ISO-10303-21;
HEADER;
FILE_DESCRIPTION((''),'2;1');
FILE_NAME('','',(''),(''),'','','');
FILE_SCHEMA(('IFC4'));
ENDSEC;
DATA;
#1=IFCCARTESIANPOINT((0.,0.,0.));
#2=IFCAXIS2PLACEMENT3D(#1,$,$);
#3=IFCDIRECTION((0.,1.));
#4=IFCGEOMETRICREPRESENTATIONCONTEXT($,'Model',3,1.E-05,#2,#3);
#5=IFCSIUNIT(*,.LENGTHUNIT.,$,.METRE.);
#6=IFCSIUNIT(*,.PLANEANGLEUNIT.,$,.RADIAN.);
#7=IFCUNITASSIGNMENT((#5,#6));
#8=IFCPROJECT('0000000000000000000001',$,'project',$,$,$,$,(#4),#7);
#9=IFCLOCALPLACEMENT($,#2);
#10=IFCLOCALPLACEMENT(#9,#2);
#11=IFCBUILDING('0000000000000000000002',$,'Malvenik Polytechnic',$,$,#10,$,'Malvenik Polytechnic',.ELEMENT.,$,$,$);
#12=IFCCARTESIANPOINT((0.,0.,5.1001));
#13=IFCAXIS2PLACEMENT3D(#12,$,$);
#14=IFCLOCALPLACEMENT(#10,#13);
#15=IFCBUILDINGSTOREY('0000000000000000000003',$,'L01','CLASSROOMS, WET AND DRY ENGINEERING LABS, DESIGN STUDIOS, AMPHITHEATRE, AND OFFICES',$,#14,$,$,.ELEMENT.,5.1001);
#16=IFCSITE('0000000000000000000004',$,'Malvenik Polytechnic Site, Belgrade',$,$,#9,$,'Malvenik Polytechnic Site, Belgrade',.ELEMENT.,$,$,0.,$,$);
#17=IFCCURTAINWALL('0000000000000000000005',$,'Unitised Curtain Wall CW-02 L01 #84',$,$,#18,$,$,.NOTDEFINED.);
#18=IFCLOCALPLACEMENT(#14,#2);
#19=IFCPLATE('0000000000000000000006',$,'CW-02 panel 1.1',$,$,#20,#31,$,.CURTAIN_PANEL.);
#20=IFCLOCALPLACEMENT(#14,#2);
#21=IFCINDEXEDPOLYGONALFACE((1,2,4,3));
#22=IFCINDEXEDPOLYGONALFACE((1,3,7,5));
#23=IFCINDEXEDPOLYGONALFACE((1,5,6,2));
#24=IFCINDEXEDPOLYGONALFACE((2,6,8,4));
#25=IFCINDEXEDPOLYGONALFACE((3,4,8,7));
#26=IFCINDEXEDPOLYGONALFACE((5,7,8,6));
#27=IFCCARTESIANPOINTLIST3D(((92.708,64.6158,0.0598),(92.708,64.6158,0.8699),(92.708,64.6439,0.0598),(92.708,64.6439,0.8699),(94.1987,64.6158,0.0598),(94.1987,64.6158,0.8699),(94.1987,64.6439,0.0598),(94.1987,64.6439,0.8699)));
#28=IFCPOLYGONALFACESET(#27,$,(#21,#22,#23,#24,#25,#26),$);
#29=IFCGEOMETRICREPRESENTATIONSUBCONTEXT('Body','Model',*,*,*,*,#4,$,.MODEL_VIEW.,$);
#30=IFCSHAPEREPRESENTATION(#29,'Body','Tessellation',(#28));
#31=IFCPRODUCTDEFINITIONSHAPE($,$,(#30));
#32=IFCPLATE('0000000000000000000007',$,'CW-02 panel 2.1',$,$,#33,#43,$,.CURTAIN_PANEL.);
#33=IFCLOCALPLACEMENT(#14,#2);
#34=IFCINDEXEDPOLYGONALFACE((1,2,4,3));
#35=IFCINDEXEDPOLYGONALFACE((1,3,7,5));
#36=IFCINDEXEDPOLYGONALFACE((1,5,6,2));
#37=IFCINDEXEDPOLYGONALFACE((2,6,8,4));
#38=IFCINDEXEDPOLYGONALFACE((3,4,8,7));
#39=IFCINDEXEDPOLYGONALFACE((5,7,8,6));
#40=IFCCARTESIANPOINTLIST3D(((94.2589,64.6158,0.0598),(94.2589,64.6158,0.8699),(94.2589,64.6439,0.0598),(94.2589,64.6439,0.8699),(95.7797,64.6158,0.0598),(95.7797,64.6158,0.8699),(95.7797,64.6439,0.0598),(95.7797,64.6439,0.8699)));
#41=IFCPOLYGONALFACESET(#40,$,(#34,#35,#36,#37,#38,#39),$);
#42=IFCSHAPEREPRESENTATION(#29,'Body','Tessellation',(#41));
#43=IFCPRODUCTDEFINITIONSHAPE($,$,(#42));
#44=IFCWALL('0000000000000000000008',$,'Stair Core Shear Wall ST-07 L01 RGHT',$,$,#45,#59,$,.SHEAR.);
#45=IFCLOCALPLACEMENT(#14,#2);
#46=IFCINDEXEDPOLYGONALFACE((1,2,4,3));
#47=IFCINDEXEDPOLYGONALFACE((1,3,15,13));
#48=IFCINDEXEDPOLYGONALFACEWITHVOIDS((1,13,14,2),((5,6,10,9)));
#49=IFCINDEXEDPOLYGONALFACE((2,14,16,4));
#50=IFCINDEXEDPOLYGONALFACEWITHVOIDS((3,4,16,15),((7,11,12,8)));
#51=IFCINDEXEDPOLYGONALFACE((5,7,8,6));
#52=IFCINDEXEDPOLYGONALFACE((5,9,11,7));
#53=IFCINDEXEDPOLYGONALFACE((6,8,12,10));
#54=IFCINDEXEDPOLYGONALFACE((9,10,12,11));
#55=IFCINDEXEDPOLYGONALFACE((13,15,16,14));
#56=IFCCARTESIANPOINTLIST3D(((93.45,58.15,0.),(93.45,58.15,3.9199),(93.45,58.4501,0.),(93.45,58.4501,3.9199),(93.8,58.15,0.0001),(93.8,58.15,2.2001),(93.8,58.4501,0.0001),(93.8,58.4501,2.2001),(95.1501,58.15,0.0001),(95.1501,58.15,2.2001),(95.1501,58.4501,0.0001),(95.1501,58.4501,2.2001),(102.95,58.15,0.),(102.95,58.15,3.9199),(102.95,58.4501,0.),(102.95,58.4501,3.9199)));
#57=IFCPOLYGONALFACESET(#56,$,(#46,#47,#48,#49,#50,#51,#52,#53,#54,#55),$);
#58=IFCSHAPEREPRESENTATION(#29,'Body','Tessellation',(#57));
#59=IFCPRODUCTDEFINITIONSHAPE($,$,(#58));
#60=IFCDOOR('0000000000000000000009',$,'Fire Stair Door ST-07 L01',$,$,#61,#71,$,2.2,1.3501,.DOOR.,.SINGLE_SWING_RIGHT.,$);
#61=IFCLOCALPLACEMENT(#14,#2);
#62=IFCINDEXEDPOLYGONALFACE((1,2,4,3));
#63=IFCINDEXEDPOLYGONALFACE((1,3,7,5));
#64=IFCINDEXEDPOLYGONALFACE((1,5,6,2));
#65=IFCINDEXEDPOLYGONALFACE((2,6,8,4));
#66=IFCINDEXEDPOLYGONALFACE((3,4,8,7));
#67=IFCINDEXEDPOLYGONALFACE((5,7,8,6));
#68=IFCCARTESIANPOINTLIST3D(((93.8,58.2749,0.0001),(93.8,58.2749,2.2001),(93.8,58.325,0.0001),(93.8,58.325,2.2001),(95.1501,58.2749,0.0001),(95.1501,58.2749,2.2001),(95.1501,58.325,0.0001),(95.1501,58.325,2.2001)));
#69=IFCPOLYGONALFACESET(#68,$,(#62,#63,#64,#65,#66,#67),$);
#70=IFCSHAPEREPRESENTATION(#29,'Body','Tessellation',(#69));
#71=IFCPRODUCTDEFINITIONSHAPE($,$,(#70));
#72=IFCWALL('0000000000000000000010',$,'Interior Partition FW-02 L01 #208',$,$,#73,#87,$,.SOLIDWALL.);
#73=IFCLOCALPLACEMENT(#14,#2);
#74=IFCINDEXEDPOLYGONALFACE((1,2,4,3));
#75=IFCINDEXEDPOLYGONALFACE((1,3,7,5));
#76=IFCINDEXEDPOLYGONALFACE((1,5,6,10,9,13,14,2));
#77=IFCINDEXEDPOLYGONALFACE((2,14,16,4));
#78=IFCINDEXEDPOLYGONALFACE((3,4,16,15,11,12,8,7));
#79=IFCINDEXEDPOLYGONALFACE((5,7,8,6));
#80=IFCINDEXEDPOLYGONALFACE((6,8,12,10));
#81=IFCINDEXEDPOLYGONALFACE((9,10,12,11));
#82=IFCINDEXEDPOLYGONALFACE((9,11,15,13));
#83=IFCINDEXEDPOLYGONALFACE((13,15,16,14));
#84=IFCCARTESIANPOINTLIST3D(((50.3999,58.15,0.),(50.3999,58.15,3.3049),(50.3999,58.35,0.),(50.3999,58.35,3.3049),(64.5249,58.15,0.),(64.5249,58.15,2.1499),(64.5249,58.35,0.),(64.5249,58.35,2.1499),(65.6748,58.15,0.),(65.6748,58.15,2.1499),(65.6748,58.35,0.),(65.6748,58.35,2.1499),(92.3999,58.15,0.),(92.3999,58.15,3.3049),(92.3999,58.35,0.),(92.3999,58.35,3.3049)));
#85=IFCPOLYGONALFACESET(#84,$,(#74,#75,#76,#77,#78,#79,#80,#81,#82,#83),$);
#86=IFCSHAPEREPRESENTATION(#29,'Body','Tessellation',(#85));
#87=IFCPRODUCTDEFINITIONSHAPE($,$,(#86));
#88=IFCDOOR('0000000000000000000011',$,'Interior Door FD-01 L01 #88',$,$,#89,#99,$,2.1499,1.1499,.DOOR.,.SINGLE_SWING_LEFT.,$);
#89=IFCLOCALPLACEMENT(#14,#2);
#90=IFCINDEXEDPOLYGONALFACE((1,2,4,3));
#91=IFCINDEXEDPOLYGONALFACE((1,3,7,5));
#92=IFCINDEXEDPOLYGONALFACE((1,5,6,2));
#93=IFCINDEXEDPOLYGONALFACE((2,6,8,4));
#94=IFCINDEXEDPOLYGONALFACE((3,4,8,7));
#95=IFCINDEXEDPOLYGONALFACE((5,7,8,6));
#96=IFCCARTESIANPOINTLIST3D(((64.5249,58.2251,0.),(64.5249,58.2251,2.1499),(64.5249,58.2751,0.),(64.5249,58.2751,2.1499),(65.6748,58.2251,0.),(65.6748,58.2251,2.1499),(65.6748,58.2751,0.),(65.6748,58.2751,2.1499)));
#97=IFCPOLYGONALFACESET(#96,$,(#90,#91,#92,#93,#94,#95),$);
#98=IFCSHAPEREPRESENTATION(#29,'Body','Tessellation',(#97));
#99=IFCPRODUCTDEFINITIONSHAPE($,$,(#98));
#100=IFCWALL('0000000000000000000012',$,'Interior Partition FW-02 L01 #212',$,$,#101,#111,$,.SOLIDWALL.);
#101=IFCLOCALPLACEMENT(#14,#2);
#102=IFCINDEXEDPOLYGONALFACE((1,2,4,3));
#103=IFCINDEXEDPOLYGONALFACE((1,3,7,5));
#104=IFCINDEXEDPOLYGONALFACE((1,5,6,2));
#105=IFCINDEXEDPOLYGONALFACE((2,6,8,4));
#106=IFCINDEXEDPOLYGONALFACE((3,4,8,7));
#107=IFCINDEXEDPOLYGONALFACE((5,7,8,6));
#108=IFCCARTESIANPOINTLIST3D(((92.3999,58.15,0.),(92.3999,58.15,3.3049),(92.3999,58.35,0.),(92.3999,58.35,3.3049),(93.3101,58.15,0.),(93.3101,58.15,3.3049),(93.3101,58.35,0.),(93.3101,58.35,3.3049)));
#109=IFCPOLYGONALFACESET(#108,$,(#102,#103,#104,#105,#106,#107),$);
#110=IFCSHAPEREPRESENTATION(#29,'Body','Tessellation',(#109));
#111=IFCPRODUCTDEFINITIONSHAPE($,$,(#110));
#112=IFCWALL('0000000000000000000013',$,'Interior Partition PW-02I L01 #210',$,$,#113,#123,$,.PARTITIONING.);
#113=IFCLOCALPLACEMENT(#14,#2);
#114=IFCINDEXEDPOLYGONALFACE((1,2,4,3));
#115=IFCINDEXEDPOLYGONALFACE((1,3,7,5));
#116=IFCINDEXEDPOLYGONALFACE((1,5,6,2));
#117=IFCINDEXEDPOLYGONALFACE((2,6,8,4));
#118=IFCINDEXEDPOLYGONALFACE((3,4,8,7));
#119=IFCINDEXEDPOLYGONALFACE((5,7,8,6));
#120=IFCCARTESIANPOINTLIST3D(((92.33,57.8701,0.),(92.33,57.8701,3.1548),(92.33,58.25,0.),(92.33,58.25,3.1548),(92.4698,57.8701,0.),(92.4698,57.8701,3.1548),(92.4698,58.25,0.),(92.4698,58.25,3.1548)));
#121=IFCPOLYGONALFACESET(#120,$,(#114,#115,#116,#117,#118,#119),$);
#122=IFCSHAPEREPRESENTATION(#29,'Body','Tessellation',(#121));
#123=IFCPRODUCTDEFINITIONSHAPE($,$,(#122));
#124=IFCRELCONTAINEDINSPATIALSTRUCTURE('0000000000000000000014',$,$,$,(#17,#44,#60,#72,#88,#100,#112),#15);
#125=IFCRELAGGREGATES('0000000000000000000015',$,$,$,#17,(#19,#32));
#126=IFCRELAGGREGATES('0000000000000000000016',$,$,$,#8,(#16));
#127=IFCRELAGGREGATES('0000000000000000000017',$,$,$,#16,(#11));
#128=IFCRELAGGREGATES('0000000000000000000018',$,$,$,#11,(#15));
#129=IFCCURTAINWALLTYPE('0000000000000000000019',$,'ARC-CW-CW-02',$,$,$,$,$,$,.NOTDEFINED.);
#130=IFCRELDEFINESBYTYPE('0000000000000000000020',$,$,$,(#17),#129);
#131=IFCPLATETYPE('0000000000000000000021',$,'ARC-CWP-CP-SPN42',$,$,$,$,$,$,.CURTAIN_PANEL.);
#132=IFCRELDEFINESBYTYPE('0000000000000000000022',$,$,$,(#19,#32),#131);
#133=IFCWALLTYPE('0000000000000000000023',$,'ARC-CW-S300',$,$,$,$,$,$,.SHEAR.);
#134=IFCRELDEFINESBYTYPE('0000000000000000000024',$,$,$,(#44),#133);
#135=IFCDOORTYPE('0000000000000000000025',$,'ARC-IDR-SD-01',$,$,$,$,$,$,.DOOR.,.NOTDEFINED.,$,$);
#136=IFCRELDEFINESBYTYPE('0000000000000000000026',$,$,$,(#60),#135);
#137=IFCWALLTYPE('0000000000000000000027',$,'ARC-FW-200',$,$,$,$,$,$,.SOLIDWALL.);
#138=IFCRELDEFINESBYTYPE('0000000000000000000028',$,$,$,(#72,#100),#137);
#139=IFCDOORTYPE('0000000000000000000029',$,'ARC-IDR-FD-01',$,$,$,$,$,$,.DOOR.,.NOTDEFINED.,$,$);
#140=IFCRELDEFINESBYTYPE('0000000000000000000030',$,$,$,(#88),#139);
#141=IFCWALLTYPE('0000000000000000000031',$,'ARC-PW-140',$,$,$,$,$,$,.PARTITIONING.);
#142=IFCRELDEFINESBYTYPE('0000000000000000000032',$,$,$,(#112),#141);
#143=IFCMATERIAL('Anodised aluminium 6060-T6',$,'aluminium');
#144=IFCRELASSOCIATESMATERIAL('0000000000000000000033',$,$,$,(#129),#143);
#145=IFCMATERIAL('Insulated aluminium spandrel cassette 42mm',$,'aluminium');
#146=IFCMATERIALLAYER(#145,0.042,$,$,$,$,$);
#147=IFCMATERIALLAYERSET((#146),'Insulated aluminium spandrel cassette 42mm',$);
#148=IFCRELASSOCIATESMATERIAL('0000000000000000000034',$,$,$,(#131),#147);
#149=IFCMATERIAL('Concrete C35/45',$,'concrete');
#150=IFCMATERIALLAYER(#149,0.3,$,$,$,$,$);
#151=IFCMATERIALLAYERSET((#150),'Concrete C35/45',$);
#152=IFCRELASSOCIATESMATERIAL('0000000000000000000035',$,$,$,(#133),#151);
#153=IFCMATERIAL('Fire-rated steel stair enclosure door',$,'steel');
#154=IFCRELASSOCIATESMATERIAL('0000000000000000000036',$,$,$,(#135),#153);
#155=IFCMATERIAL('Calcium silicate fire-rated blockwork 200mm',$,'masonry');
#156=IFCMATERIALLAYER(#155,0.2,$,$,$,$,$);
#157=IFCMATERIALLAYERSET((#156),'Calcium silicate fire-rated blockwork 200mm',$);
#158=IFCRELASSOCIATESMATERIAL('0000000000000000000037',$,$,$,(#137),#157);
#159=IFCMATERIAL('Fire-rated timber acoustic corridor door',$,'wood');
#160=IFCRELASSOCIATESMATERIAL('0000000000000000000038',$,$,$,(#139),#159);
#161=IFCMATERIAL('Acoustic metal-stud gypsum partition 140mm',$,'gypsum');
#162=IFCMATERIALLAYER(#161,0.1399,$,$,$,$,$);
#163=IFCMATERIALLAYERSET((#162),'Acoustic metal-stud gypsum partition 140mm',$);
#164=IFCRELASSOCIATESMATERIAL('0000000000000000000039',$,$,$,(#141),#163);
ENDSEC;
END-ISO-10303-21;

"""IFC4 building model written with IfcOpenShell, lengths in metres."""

from ifc_helpers import new_model, si_unit, direction, frame, frame_2d, origin, origin_2d, place, context, subcontext, project, spatial, rectangle, extrude, material, layer, layer_set, type_object, element, fill, aggregate, save


model = new_model("IFC4")

# Units and contexts
model_context = context("Model", 3, precision=1e-05, world=origin(), true_north=direction((0.0, 1.0)))
body_context = subcontext(model_context, "Body", "Model", "MODEL_VIEW")
ifc_project = project(units=[si_unit("LENGTHUNIT", "METRE"), si_unit("PLANEANGLEUNIT", "RADIAN")], contexts=[model_context])

# Site, building, storey
site_placement = place(None, origin())
site = spatial("IfcSite", under=ifc_project, at=site_placement, Name="Malvenik Polytechnic Site, Belgrade", LongName="Malvenik Polytechnic Site, Belgrade", CompositionType="ELEMENT", RefElevation=0.0)
building_placement = place(site_placement, origin())
building = spatial("IfcBuilding", under=site, at=building_placement, Name="Malvenik Polytechnic", LongName="Malvenik Polytechnic", CompositionType="ELEMENT")
storey_placement = place(building_placement, frame((0.0, 0.0, 5.1001)))
storey = spatial("IfcBuildingStorey", under=building, at=storey_placement, Name="L01", Description="CLASSROOMS, WET AND DRY ENGINEERING LABS, DESIGN STUDIOS, AMPHITHEATRE, AND OFFICES", CompositionType="ELEMENT", Elevation=5.1001)

# Shared definitions
ifc_material_1 = material(Name="Concrete C35/45", Category="concrete")

# Curtain wall
ifc_material_2 = material(Name="Anodised aluminium 6060-T6", Category="aluminium")
curtain_wall_type = type_object("IfcCurtainWallType", Name="ARC-CW-CW-02", PredefinedType="NOTDEFINED", material=ifc_material_2)
curtain_wall_placement = place(storey_placement, origin())
curtain_wall = element("IfcCurtainWall", 1, at=curtain_wall_placement, inside=storey, type_object=curtain_wall_type, Name="Unitised Curtain Wall CW-02 L01 #84", PredefinedType="NOTDEFINED")

# Plates
ifc_material_3 = material(Name="Insulated aluminium spandrel cassette 42mm", Category="aluminium")
ifc_layer_1 = layer(ifc_material_3, 0.042)
ifc_layer_set_1 = layer_set([ifc_layer_1], Name="Insulated aluminium spandrel cassette 42mm")
plate_type_1 = type_object("IfcPlateType", Name="ARC-CWP-CP-SPN42", PredefinedType="CURTAIN_PANEL", material=ifc_layer_set_1)
plate_1_placement = place(storey_placement, frame((93.4534, 64.6299, 0.0598), z_axis=(0.0, 0.0, 1.0), x_axis=(1.0, 0.0, 0.0)))
plate_1 = element("IfcPlate", 2, at=plate_1_placement, type_object=plate_type_1, Name="CW-02 panel 1.1", PredefinedType="CURTAIN_PANEL", context=body_context, shape_type="SweptSolid", body=[
    extrude(rectangle(XDim=1.4907, YDim=0.0281, at=origin_2d()), origin(), (0.0, 0.0, 1.0), 0.8101),
])
plate_2_placement = place(storey_placement, frame((95.0193, 64.6299, 0.0598), z_axis=(0.0, 0.0, 1.0), x_axis=(1.0, 0.0, 0.0)))
plate_2 = element("IfcPlate", 3, at=plate_2_placement, type_object=plate_type_1, Name="CW-02 panel 2.1", PredefinedType="CURTAIN_PANEL", context=body_context, shape_type="SweptSolid", body=[
    extrude(rectangle(XDim=1.5208, YDim=0.0281, at=origin_2d()), origin(), (0.0, 0.0, 1.0), 0.8101),
])
aggregate(curtain_wall, [plate_1, plate_2])

# Walls, openings, doors
ifc_layer_2 = layer(ifc_material_1, 0.3)
ifc_layer_set_2 = layer_set([ifc_layer_2], Name="Concrete C35/45")
wall_type_1 = type_object("IfcWallType", Name="ARC-CW-S300", PredefinedType="SHEAR", material=ifc_layer_set_2)
wall_1_placement = place(storey_placement, frame((93.45, 58.3, 0.0), z_axis=(0.0, 0.0, 1.0), x_axis=(1.0, 0.0, 0.0)))
wall_1 = element("IfcWall", 4, at=wall_1_placement, inside=storey, type_object=wall_type_1, Name="Stair Core Shear Wall ST-07 L01 RGHT", PredefinedType="SHEAR", context=body_context, shape_type="SweptSolid", body=[
    extrude(rectangle(XDim=9.5, YDim=0.3, at=frame_2d((4.75, 0.0))), origin(), (0.0, 0.0, 1.0), 3.9199),
])
opening_1_placement = place(wall_1_placement, frame((0.3501, 0.0, 0.0)))
opening_1 = element("IfcOpeningElement", 5, at=opening_1_placement, cuts=wall_1, PredefinedType="OPENING", context=body_context, shape_type="SweptSolid", body=[
    extrude(rectangle(XDim=1.3501, YDim=2.2, at=frame_2d((0.675, 1.1001))), frame((0.0, 0.1602, 0.0), z_axis=(0.0, -1.0, 0.0), x_axis=(1.0, 0.0, 0.0)), (0.0, 0.0, 1.0), 0.3201),
])
ifc_material_4 = material(Name="Fire-rated steel stair enclosure door", Category="steel")
door_type_1 = type_object("IfcDoorType", Name="ARC-IDR-SD-01", OperationType="NOTDEFINED", PredefinedType="DOOR", material=ifc_material_4)
door_1_placement = place(opening_1_placement, origin())
door_1 = element("IfcDoor", 6, at=door_1_placement, inside=storey, type_object=door_type_1, Name="Fire Stair Door ST-07 L01", OperationType="SINGLE_SWING_RIGHT", OverallHeight=2.2, OverallWidth=1.3501, PredefinedType="DOOR", context=body_context, shape_type="SweptSolid", body=[
    extrude(rectangle(XDim=1.3501, YDim=2.2, at=frame_2d((0.675, 1.1001))), frame((0.0, 0.0249, 0.0), z_axis=(0.0, -1.0, 0.0), x_axis=(1.0, 0.0, 0.0)), (0.0, 0.0, 1.0), 0.05),
])
fill(opening_1, door_1)
ifc_material_5 = material(Name="Calcium silicate fire-rated blockwork 200mm", Category="masonry")
ifc_layer_3 = layer(ifc_material_5, 0.2)
ifc_layer_set_3 = layer_set([ifc_layer_3], Name="Calcium silicate fire-rated blockwork 200mm")
wall_type_2 = type_object("IfcWallType", Name="ARC-FW-200", PredefinedType="SOLIDWALL", material=ifc_layer_set_3)
wall_2_placement = place(storey_placement, frame((92.3999, 58.25, 0.0), z_axis=(0.0, 0.0, 1.0), x_axis=(-1.0, 0.0, 0.0)))
wall_2 = element("IfcWall", 7, at=wall_2_placement, inside=storey, type_object=wall_type_2, Name="Interior Partition FW-02 L01 #208", PredefinedType="SOLIDWALL", context=body_context, shape_type="SweptSolid", body=[
    extrude(rectangle(XDim=42.0, YDim=0.2, at=frame_2d((21.0, 0.0))), origin(), (0.0, 0.0, 1.0), 3.3049),
])
opening_2_placement = place(wall_2_placement, frame((26.7251, 0.0, 0.0)))
opening_2 = element("IfcOpeningElement", 8, at=opening_2_placement, cuts=wall_2, PredefinedType="OPENING", context=body_context, shape_type="SweptSolid", body=[
    extrude(rectangle(XDim=1.1499, YDim=2.1499, at=frame_2d((0.575, 1.075))), frame((0.0, 0.1099, 0.0), z_axis=(0.0, -1.0, 0.0), x_axis=(1.0, 0.0, 0.0)), (0.0, 0.0, 1.0), 0.22),
])
ifc_material_6 = material(Name="Fire-rated timber acoustic corridor door", Category="wood")
door_type_2 = type_object("IfcDoorType", Name="ARC-IDR-FD-01", OperationType="NOTDEFINED", PredefinedType="DOOR", material=ifc_material_6)
door_2_placement = place(opening_2_placement, origin())
door_2 = element("IfcDoor", 9, at=door_2_placement, inside=storey, type_object=door_type_2, Name="Interior Door FD-01 L01 #88", OperationType="SINGLE_SWING_LEFT", OverallHeight=2.1499, OverallWidth=1.1499, PredefinedType="DOOR", context=body_context, shape_type="SweptSolid", body=[
    extrude(rectangle(XDim=1.1499, YDim=2.1499, at=frame_2d((0.575, 1.075))), frame((0.0, 0.0249, 0.0), z_axis=(0.0, -1.0, 0.0), x_axis=(1.0, 0.0, 0.0)), (0.0, 0.0, 1.0), 0.05),
])
fill(opening_2, door_2)

# Walls
wall_3_placement = place(storey_placement, frame((93.3101, 58.25, 0.0), z_axis=(0.0, 0.0, 1.0), x_axis=(-1.0, 0.0, 0.0)))
element("IfcWall", 10, at=wall_3_placement, inside=storey, type_object=wall_type_2, Name="Interior Partition FW-02 L01 #212", PredefinedType="SOLIDWALL", context=body_context, shape_type="SweptSolid", body=[
    extrude(rectangle(XDim=0.9102, YDim=0.2, at=frame_2d((0.4551, 0.0))), origin(), (0.0, 0.0, 1.0), 3.3049),
])
ifc_material_7 = material(Name="Acoustic metal-stud gypsum partition 140mm", Category="gypsum")
ifc_layer_4 = layer(ifc_material_7, 0.1399)
ifc_layer_set_4 = layer_set([ifc_layer_4], Name="Acoustic metal-stud gypsum partition 140mm")
wall_type_3 = type_object("IfcWallType", Name="ARC-PW-140", PredefinedType="PARTITIONING", material=ifc_layer_set_4)
wall_4_placement = place(storey_placement, frame((92.3999, 57.8701, 0.0), z_axis=(0.0, 0.0, 1.0), x_axis=(0.0, 1.0, 0.0)))
element("IfcWall", 11, at=wall_4_placement, inside=storey, type_object=wall_type_3, Name="Interior Partition PW-02I L01 #210", PredefinedType="PARTITIONING", context=body_context, shape_type="SweptSolid", body=[
    extrude(rectangle(XDim=0.3799, YDim=0.1399, at=frame_2d((0.1899, 0.0))), origin(), (0.0, 0.0, 1.0), 3.1548),
])

save(model, "model.ifc")
